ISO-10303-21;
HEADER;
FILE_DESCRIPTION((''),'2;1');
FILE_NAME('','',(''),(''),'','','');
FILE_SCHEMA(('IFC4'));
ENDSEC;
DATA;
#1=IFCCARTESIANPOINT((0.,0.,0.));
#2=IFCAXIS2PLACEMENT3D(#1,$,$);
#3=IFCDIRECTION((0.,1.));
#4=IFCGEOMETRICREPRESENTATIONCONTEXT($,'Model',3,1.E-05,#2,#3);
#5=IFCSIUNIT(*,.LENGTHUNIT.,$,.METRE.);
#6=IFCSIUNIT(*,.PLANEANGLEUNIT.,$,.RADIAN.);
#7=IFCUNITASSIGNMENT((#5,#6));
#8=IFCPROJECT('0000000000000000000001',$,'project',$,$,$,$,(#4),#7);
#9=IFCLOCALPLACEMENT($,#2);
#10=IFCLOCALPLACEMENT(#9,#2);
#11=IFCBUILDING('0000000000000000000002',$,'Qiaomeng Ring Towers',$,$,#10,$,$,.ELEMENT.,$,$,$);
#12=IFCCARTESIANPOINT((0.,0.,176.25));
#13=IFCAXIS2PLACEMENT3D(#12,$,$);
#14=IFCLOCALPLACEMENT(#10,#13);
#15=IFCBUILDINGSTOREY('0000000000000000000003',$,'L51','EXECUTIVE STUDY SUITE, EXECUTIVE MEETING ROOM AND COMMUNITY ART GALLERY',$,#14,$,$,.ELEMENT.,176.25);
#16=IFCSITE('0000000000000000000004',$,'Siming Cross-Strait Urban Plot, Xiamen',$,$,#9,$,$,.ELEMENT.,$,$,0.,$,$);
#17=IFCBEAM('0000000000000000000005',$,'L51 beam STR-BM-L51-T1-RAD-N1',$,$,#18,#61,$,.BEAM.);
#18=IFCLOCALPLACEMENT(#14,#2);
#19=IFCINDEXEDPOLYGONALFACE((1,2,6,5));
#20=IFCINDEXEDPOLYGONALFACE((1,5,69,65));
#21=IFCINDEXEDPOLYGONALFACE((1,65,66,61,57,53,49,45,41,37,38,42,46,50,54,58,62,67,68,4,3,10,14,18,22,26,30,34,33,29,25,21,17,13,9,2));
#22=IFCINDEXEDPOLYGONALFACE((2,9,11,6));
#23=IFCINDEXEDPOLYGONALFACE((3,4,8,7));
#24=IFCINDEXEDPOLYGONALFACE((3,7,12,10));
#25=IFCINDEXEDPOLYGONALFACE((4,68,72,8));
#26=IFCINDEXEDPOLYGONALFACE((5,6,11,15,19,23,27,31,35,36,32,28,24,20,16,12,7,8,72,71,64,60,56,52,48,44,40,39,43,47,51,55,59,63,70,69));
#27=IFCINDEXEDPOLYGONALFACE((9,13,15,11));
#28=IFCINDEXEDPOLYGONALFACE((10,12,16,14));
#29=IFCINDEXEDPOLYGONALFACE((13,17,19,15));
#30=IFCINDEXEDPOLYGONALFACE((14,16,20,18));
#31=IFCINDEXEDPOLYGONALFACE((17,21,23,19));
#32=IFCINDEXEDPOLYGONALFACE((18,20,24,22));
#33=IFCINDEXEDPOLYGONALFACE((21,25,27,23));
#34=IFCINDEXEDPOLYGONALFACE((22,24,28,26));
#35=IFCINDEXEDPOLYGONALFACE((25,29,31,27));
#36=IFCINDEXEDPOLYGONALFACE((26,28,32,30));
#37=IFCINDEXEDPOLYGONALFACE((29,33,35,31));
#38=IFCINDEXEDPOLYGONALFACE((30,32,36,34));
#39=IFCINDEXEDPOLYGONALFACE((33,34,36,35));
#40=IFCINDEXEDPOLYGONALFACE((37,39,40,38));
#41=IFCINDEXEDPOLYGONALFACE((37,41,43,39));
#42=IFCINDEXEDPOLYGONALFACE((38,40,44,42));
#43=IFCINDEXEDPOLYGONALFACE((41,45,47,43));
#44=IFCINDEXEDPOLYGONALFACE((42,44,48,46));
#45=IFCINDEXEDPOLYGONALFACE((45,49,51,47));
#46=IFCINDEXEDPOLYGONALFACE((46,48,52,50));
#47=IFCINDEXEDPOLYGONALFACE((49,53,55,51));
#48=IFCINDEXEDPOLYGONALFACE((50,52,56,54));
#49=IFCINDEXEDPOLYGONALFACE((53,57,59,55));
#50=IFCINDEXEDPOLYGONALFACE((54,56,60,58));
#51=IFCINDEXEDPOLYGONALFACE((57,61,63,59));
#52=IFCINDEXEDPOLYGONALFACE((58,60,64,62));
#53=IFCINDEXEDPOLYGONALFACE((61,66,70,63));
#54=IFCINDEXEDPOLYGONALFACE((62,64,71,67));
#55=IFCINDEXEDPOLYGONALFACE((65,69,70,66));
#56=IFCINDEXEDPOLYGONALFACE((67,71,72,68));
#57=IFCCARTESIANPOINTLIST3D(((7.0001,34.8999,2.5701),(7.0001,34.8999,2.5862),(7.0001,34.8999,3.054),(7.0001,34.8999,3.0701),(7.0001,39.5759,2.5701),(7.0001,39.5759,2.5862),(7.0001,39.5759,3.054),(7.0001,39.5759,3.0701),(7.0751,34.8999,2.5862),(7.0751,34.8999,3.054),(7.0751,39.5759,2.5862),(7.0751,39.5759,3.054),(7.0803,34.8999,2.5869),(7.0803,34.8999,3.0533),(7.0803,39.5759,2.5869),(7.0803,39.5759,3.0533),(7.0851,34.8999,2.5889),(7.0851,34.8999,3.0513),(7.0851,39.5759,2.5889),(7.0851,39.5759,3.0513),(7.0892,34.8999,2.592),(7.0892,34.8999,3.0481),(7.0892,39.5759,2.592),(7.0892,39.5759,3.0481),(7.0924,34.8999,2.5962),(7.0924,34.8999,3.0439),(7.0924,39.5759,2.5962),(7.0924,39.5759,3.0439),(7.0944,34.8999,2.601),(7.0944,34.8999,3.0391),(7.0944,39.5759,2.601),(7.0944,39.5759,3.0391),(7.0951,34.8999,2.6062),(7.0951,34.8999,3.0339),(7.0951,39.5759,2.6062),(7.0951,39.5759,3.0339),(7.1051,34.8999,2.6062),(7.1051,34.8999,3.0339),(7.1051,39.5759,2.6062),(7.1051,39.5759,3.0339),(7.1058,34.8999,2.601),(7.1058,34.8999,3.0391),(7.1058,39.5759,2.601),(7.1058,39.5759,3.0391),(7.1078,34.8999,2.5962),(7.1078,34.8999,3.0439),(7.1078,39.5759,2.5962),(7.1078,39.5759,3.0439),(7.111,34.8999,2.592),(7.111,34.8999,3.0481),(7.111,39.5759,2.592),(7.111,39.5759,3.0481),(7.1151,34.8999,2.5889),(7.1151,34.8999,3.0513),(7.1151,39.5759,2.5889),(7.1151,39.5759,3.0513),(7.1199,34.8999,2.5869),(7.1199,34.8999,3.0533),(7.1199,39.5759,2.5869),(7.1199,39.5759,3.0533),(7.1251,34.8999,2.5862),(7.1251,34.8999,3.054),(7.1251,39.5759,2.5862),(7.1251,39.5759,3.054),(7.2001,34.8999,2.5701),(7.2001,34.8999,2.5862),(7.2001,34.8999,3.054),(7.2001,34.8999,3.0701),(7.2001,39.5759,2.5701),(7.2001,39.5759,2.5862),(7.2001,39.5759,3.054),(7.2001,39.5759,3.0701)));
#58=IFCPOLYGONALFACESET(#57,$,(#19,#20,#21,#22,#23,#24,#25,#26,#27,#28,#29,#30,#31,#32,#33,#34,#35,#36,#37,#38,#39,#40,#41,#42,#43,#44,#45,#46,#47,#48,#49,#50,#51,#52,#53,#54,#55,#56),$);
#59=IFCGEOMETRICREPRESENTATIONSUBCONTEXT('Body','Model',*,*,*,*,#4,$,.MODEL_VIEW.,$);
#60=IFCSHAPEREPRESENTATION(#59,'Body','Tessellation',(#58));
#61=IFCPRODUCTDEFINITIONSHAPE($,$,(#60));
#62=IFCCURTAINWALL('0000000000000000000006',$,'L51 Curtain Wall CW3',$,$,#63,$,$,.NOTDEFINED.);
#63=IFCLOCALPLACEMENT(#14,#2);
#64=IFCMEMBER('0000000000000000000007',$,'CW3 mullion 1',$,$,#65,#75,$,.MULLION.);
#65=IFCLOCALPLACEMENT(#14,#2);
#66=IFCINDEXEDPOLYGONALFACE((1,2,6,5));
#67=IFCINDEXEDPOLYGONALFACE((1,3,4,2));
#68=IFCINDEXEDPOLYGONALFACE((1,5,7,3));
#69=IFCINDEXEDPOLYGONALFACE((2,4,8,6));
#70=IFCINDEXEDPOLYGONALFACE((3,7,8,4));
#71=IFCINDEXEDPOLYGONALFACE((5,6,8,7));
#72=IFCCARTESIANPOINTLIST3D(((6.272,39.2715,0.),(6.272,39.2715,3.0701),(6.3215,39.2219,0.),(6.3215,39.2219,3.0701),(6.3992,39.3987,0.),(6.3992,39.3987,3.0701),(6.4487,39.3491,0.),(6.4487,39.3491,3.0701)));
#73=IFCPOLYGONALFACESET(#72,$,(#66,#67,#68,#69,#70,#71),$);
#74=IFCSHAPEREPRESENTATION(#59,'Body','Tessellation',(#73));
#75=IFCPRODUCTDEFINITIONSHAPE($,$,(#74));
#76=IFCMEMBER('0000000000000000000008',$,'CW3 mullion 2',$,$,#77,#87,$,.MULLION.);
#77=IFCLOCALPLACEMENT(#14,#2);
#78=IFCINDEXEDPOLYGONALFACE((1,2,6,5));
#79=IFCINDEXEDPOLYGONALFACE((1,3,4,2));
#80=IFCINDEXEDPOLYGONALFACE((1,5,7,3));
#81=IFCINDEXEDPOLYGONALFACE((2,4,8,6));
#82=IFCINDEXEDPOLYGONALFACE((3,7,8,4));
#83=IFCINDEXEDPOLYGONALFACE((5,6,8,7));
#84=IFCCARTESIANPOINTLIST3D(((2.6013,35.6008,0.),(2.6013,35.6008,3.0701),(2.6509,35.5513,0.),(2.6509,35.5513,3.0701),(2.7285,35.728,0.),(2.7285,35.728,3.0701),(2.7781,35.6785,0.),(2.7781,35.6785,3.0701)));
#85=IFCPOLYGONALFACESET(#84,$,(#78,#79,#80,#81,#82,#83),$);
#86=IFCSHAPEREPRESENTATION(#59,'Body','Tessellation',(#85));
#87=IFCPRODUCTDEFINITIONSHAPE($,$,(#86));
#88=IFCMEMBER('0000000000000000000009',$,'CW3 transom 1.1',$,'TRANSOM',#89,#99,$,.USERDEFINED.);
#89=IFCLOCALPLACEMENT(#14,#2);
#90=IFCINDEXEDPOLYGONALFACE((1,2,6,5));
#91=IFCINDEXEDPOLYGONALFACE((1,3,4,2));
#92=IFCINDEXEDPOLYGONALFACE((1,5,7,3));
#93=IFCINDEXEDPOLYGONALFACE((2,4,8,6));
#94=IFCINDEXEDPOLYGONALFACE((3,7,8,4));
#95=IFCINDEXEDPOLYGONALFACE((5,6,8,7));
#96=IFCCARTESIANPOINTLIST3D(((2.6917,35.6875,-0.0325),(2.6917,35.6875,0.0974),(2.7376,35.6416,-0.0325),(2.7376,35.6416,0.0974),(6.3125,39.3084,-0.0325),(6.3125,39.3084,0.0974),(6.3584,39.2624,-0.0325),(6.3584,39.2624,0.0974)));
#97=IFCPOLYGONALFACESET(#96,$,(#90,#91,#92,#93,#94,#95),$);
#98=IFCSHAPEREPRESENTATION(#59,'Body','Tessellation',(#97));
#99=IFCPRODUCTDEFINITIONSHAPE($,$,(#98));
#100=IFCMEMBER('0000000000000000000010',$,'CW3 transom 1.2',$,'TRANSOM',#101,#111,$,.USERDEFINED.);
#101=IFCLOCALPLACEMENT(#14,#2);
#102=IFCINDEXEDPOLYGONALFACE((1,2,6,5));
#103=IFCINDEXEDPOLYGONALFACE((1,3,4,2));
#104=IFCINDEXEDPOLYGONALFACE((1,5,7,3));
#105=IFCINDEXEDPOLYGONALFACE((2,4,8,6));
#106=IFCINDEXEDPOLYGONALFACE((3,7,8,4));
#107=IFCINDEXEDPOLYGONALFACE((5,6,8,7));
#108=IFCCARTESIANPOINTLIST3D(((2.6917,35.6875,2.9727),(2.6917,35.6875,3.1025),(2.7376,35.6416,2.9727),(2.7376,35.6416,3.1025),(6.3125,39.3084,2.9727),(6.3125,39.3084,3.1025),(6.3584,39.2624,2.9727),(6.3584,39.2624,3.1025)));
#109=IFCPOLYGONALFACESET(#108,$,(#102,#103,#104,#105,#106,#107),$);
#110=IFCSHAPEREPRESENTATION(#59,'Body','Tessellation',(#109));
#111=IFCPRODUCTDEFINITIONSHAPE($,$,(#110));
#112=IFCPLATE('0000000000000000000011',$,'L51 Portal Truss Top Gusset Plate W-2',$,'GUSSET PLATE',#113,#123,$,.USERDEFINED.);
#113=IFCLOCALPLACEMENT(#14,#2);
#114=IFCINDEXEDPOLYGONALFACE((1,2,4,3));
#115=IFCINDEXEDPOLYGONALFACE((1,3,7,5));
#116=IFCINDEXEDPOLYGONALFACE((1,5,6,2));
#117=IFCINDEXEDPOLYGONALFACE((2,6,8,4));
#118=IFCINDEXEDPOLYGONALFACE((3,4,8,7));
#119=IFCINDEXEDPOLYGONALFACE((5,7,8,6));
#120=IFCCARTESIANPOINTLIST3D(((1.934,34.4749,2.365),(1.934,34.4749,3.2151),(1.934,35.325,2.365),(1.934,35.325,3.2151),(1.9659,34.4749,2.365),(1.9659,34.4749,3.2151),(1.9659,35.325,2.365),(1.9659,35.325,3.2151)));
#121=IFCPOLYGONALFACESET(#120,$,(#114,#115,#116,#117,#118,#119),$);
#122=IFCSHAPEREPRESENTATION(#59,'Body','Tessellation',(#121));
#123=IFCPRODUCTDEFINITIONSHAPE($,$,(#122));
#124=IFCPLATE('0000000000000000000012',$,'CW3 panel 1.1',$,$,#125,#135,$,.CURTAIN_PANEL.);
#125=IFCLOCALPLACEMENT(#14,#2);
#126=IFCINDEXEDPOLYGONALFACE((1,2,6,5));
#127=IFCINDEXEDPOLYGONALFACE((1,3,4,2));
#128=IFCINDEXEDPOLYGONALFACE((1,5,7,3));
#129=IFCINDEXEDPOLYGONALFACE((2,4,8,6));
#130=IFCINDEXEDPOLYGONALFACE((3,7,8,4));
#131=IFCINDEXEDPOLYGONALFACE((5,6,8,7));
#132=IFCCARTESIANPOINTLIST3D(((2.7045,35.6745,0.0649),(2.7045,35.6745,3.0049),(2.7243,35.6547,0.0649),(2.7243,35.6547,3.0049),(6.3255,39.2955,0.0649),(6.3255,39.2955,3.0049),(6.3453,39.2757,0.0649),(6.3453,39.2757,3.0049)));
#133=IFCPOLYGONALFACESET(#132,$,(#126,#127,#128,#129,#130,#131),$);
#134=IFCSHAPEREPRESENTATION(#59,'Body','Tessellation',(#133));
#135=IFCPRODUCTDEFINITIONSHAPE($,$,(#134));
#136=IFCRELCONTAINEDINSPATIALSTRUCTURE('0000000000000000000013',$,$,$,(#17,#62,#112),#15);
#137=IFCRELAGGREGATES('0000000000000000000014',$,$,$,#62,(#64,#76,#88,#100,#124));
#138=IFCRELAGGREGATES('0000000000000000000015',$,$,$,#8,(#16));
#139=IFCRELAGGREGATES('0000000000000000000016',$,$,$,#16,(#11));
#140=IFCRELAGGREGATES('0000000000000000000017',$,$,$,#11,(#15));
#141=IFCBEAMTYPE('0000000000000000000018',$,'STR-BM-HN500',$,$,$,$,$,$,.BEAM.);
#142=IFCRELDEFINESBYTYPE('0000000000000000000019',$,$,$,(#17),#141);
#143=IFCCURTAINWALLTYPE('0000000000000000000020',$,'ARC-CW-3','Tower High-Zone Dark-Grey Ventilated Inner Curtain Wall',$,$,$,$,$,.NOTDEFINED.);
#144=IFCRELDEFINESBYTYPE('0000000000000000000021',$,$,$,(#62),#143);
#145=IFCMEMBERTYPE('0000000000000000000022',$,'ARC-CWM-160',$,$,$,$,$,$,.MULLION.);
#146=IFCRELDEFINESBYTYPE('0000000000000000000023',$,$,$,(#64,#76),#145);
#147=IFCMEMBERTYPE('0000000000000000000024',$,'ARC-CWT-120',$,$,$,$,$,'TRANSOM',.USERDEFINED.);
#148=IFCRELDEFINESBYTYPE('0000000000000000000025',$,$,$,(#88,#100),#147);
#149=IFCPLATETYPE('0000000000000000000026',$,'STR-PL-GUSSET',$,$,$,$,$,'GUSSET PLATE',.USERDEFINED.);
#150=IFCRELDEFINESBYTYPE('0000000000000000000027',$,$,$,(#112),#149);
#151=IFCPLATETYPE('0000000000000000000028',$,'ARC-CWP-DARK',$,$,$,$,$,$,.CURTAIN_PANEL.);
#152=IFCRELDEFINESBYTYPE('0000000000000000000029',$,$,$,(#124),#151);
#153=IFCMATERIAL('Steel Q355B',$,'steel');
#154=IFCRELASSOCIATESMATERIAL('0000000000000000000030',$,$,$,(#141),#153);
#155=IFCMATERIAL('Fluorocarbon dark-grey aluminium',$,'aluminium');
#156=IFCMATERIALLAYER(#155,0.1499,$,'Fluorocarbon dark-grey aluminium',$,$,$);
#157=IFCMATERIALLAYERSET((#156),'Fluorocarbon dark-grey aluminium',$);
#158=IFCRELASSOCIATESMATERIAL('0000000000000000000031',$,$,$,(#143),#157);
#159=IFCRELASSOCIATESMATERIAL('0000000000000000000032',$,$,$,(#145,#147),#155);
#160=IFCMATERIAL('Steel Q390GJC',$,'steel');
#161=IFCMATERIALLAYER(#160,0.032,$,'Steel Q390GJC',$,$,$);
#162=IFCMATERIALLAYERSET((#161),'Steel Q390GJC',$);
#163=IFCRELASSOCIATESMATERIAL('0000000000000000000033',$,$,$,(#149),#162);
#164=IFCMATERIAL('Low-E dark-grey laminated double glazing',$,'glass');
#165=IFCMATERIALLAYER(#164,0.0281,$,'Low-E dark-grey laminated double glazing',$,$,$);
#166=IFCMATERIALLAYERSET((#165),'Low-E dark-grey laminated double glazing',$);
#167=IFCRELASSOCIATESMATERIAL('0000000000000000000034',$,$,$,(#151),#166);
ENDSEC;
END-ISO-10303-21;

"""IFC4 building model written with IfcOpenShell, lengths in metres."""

from ifc_helpers import new_model, si_unit, direction, frame, origin, origin_2d, place, context, subcontext, project, spatial, rectangle, i_section, extrude, source, transform, mapped, material, layer, layer_set, material_profile, profile_set, type_object, element, aggregate, save


model = new_model("IFC4")

# Units and contexts
model_context = context("Model", 3, precision=1e-05, world=origin(), true_north=direction((0.0, 1.0)))
body_context = subcontext(model_context, "Body", "Model", "MODEL_VIEW")
ifc_project = project(units=[si_unit("LENGTHUNIT", "METRE"), si_unit("PLANEANGLEUNIT", "RADIAN")], contexts=[model_context])

# Site, building, storey
site_placement = place(None, origin())
site = spatial("IfcSite", under=ifc_project, at=site_placement, Name="Siming Cross-Strait Urban Plot, Xiamen", CompositionType="ELEMENT", RefElevation=0.0)
building_placement = place(site_placement, origin())
building = spatial("IfcBuilding", under=site, at=building_placement, Name="Qiaomeng Ring Towers", CompositionType="ELEMENT")
storey_placement = place(building_placement, frame((0.0, 0.0, 176.25)))
storey = spatial("IfcBuildingStorey", under=building, at=storey_placement, Name="L51", Description="EXECUTIVE STUDY SUITE, EXECUTIVE MEETING ROOM AND COMMUNITY ART GALLERY", CompositionType="ELEMENT", Elevation=176.25)

# Beam
ifc_material_1 = material(Name="Steel Q355B", Category="steel")
ifc_material_2 = material(Name="Steel Q390GJC", Category="steel")
ifc_material_profile_1 = material_profile(ifc_material_1, i_section(OverallWidth=0.2, OverallDepth=0.5, WebThickness=0.01, FlangeThickness=0.0161, FilletRadius=0.02, at=origin_2d()), Name="HN 500x200x10x16")
ifc_profile_set_1 = profile_set([ifc_material_profile_1], Name="Steel Q355B")
beam_type_1 = type_object("IfcBeamType", Name="STR-BM-HN500", PredefinedType="BEAM", material=ifc_profile_set_1)
shared_shape_1 = source(origin(), body_context, "Body", "SweptSolid", [
    extrude(i_section(OverallWidth=0.2, OverallDepth=0.5, WebThickness=0.01, FlangeThickness=0.0161, FilletRadius=0.02, at=origin_2d()), origin(), (0.0, 0.0, 1.0), 4.676),
])
beam_1_placement = place(storey_placement, frame((7.1001, 39.5759, 2.8201), z_axis=(0.0, -1.0, 0.0), x_axis=(1.0, 0.0, 0.0)))
element("IfcBeam", 1, at=beam_1_placement, inside=storey, type_object=beam_type_1, Name="L51 beam STR-BM-L51-T1-RAD-N1", PredefinedType="BEAM", context=body_context, shape_type="MappedRepresentation", body=[
    mapped(shared_shape_1, transform((0.0, 0.0, 0.0), x_axis=(1.0, 0.0, 0.0), y_axis=(0.0, 1.0, 0.0), z_axis=(0.0, 0.0, 1.0), scale=1.0)),
])

# Curtain wall, members
ifc_material_3 = material(Name="Fluorocarbon dark-grey aluminium", Category="aluminium")
ifc_layer_1 = layer(ifc_material_3, 0.1499, Name="Fluorocarbon dark-grey aluminium")
ifc_layer_set_1 = layer_set([ifc_layer_1], Name="Fluorocarbon dark-grey aluminium")
curtain_wall_type = type_object("IfcCurtainWallType", Name="ARC-CW-3", Description="Tower High-Zone Dark-Grey Ventilated Inner Curtain Wall", PredefinedType="NOTDEFINED", material=ifc_layer_set_1)
curtain_wall_placement = place(storey_placement, origin())
curtain_wall = element("IfcCurtainWall", 2, at=curtain_wall_placement, inside=storey, type_object=curtain_wall_type, Name="L51 Curtain Wall CW3", PredefinedType="NOTDEFINED")
ifc_material_profile_2 = material_profile(ifc_material_3, rectangle(XDim=0.0701, YDim=0.1799, at=origin_2d()), Name="ALU MULL 70x180")
ifc_profile_set_2 = profile_set([ifc_material_profile_2], Name="Fluorocarbon dark-grey aluminium")
member_type_1 = type_object("IfcMemberType", Name="ARC-CWM-160", PredefinedType="MULLION", material=ifc_profile_set_2)
shared_shape_2 = source(origin(), body_context, "Body", "SweptSolid", [
    extrude(rectangle(XDim=0.0701, YDim=0.1799, at=origin_2d()), origin(), (0.0, 0.0, 1.0), 3.0701),
])
member_1_placement = place(storey_placement, frame((6.3604, 39.3103, 0.0), z_axis=(0.0, 0.0, 1.0), x_axis=(0.707107, -0.707107, 0.0)))
member_1 = element("IfcMember", 3, at=member_1_placement, type_object=member_type_1, Name="CW3 mullion 1", PredefinedType="MULLION", context=body_context, shape_type="MappedRepresentation", body=[
    mapped(shared_shape_2, transform((0.0, 0.0, 0.0), x_axis=(1.0, 0.0, 0.0), y_axis=(0.0, 1.0, 0.0), z_axis=(0.0, 0.0, 1.0), scale=1.0)),
])
member_2_placement = place(storey_placement, frame((2.6897, 35.6396, 0.0), z_axis=(0.0, 0.0, 1.0), x_axis=(0.707107, -0.707107, 0.0)))
member_2 = element("IfcMember", 4, at=member_2_placement, type_object=member_type_1, Name="CW3 mullion 2", PredefinedType="MULLION", context=body_context, shape_type="MappedRepresentation", body=[
    mapped(shared_shape_2, transform((0.0, 0.0, 0.0), x_axis=(1.0, 0.0, 0.0), y_axis=(0.0, 1.0, 0.0), z_axis=(0.0, 0.0, 1.0), scale=1.0)),
])
ifc_material_profile_3 = material_profile(ifc_material_3, rectangle(XDim=0.0649, YDim=0.1299, at=origin_2d()), Name="ALU TRAN 65x130")
ifc_profile_set_3 = profile_set([ifc_material_profile_3], Name="Fluorocarbon dark-grey aluminium")
member_type_2 = type_object("IfcMemberType", Name="ARC-CWT-120", ElementType="TRANSOM", PredefinedType="USERDEFINED", material=ifc_profile_set_3)
shared_shape_3 = source(origin(), body_context, "Body", "SweptSolid", [
    extrude(rectangle(XDim=0.0649, YDim=0.1299, at=origin_2d()), origin(), (0.0, 0.0, 1.0), 5.1206),
])
member_3_placement = place(storey_placement, frame((6.3354, 39.2854, 0.0325), z_axis=(-0.707107, -0.707107, 0.0), x_axis=(0.707107, -0.707107, 0.0)))
member_3 = element("IfcMember", 5, at=member_3_placement, type_object=member_type_2, Name="CW3 transom 1.1", ObjectType="TRANSOM", PredefinedType="USERDEFINED", context=body_context, shape_type="MappedRepresentation", body=[
    mapped(shared_shape_3, transform((0.0, 0.0, 0.0), x_axis=(1.0, 0.0, 0.0), y_axis=(0.0, 1.0, 0.0), z_axis=(0.0, 0.0, 1.0), scale=1.0)),
])
member_4_placement = place(storey_placement, frame((6.3354, 39.2854, 3.0376), z_axis=(-0.707107, -0.707107, 0.0), x_axis=(0.707107, -0.707107, 0.0)))
member_4 = element("IfcMember", 6, at=member_4_placement, type_object=member_type_2, Name="CW3 transom 1.2", ObjectType="TRANSOM", PredefinedType="USERDEFINED", context=body_context, shape_type="MappedRepresentation", body=[
    mapped(shared_shape_3, transform((0.0, 0.0, 0.0), x_axis=(1.0, 0.0, 0.0), y_axis=(0.0, 1.0, 0.0), z_axis=(0.0, 0.0, 1.0), scale=1.0)),
])

# Plates
ifc_layer_2 = layer(ifc_material_2, 0.032, Name="Steel Q390GJC")
ifc_layer_set_2 = layer_set([ifc_layer_2], Name="Steel Q390GJC")
plate_type_1 = type_object("IfcPlateType", Name="STR-PL-GUSSET", ElementType="GUSSET PLATE", PredefinedType="USERDEFINED", material=ifc_layer_set_2)
shared_shape_4 = source(origin(), body_context, "Body", "SweptSolid", [
    extrude(rectangle(XDim=0.032, YDim=0.8501, at=origin_2d()), origin(), (0.0, 0.0, 1.0), 0.8501),
])
plate_1_placement = place(storey_placement, frame((1.95, 34.8999, 2.365), z_axis=(0.0, 0.0, 1.0), x_axis=(1.0, 0.0, 0.0)))
element("IfcPlate", 7, at=plate_1_placement, inside=storey, type_object=plate_type_1, Name="L51 Portal Truss Top Gusset Plate W-2", ObjectType="GUSSET PLATE", PredefinedType="USERDEFINED", context=body_context, shape_type="MappedRepresentation", body=[
    mapped(shared_shape_4, transform((0.0, 0.0, 0.0), x_axis=(1.0, 0.0, 0.0), y_axis=(0.0, 1.0, 0.0), z_axis=(0.0, 0.0, 1.0), scale=1.0)),
])
ifc_material_4 = material(Name="Low-E dark-grey laminated double glazing", Category="glass")
ifc_layer_3 = layer(ifc_material_4, 0.0281, Name="Low-E dark-grey laminated double glazing")
ifc_layer_set_3 = layer_set([ifc_layer_3], Name="Low-E dark-grey laminated double glazing")
plate_type_2 = type_object("IfcPlateType", Name="ARC-CWP-DARK", PredefinedType="CURTAIN_PANEL", material=ifc_layer_set_3)
shared_shape_5 = source(origin(), body_context, "Body", "SweptSolid", [
    extrude(rectangle(XDim=5.1208, YDim=0.0281, at=origin_2d()), origin(), (0.0, 0.0, 1.0), 2.9399),
])
plate_2_placement = place(storey_placement, frame((4.5249, 37.4751, 0.0649), z_axis=(0.0, 0.0, 1.0), x_axis=(-0.707107, -0.707107, 0.0)))
plate_2 = element("IfcPlate", 8, at=plate_2_placement, type_object=plate_type_2, Name="CW3 panel 1.1", PredefinedType="CURTAIN_PANEL", context=body_context, shape_type="MappedRepresentation", body=[
    mapped(shared_shape_5, transform((0.0, 0.0, 0.0), x_axis=(1.0, 0.0, 0.0), y_axis=(0.0, 1.0, 0.0), z_axis=(0.0, 0.0, 1.0), scale=1.0)),
])
aggregate(curtain_wall, [member_1, member_2, member_3, member_4, plate_2])

save(model, "model.ifc")
